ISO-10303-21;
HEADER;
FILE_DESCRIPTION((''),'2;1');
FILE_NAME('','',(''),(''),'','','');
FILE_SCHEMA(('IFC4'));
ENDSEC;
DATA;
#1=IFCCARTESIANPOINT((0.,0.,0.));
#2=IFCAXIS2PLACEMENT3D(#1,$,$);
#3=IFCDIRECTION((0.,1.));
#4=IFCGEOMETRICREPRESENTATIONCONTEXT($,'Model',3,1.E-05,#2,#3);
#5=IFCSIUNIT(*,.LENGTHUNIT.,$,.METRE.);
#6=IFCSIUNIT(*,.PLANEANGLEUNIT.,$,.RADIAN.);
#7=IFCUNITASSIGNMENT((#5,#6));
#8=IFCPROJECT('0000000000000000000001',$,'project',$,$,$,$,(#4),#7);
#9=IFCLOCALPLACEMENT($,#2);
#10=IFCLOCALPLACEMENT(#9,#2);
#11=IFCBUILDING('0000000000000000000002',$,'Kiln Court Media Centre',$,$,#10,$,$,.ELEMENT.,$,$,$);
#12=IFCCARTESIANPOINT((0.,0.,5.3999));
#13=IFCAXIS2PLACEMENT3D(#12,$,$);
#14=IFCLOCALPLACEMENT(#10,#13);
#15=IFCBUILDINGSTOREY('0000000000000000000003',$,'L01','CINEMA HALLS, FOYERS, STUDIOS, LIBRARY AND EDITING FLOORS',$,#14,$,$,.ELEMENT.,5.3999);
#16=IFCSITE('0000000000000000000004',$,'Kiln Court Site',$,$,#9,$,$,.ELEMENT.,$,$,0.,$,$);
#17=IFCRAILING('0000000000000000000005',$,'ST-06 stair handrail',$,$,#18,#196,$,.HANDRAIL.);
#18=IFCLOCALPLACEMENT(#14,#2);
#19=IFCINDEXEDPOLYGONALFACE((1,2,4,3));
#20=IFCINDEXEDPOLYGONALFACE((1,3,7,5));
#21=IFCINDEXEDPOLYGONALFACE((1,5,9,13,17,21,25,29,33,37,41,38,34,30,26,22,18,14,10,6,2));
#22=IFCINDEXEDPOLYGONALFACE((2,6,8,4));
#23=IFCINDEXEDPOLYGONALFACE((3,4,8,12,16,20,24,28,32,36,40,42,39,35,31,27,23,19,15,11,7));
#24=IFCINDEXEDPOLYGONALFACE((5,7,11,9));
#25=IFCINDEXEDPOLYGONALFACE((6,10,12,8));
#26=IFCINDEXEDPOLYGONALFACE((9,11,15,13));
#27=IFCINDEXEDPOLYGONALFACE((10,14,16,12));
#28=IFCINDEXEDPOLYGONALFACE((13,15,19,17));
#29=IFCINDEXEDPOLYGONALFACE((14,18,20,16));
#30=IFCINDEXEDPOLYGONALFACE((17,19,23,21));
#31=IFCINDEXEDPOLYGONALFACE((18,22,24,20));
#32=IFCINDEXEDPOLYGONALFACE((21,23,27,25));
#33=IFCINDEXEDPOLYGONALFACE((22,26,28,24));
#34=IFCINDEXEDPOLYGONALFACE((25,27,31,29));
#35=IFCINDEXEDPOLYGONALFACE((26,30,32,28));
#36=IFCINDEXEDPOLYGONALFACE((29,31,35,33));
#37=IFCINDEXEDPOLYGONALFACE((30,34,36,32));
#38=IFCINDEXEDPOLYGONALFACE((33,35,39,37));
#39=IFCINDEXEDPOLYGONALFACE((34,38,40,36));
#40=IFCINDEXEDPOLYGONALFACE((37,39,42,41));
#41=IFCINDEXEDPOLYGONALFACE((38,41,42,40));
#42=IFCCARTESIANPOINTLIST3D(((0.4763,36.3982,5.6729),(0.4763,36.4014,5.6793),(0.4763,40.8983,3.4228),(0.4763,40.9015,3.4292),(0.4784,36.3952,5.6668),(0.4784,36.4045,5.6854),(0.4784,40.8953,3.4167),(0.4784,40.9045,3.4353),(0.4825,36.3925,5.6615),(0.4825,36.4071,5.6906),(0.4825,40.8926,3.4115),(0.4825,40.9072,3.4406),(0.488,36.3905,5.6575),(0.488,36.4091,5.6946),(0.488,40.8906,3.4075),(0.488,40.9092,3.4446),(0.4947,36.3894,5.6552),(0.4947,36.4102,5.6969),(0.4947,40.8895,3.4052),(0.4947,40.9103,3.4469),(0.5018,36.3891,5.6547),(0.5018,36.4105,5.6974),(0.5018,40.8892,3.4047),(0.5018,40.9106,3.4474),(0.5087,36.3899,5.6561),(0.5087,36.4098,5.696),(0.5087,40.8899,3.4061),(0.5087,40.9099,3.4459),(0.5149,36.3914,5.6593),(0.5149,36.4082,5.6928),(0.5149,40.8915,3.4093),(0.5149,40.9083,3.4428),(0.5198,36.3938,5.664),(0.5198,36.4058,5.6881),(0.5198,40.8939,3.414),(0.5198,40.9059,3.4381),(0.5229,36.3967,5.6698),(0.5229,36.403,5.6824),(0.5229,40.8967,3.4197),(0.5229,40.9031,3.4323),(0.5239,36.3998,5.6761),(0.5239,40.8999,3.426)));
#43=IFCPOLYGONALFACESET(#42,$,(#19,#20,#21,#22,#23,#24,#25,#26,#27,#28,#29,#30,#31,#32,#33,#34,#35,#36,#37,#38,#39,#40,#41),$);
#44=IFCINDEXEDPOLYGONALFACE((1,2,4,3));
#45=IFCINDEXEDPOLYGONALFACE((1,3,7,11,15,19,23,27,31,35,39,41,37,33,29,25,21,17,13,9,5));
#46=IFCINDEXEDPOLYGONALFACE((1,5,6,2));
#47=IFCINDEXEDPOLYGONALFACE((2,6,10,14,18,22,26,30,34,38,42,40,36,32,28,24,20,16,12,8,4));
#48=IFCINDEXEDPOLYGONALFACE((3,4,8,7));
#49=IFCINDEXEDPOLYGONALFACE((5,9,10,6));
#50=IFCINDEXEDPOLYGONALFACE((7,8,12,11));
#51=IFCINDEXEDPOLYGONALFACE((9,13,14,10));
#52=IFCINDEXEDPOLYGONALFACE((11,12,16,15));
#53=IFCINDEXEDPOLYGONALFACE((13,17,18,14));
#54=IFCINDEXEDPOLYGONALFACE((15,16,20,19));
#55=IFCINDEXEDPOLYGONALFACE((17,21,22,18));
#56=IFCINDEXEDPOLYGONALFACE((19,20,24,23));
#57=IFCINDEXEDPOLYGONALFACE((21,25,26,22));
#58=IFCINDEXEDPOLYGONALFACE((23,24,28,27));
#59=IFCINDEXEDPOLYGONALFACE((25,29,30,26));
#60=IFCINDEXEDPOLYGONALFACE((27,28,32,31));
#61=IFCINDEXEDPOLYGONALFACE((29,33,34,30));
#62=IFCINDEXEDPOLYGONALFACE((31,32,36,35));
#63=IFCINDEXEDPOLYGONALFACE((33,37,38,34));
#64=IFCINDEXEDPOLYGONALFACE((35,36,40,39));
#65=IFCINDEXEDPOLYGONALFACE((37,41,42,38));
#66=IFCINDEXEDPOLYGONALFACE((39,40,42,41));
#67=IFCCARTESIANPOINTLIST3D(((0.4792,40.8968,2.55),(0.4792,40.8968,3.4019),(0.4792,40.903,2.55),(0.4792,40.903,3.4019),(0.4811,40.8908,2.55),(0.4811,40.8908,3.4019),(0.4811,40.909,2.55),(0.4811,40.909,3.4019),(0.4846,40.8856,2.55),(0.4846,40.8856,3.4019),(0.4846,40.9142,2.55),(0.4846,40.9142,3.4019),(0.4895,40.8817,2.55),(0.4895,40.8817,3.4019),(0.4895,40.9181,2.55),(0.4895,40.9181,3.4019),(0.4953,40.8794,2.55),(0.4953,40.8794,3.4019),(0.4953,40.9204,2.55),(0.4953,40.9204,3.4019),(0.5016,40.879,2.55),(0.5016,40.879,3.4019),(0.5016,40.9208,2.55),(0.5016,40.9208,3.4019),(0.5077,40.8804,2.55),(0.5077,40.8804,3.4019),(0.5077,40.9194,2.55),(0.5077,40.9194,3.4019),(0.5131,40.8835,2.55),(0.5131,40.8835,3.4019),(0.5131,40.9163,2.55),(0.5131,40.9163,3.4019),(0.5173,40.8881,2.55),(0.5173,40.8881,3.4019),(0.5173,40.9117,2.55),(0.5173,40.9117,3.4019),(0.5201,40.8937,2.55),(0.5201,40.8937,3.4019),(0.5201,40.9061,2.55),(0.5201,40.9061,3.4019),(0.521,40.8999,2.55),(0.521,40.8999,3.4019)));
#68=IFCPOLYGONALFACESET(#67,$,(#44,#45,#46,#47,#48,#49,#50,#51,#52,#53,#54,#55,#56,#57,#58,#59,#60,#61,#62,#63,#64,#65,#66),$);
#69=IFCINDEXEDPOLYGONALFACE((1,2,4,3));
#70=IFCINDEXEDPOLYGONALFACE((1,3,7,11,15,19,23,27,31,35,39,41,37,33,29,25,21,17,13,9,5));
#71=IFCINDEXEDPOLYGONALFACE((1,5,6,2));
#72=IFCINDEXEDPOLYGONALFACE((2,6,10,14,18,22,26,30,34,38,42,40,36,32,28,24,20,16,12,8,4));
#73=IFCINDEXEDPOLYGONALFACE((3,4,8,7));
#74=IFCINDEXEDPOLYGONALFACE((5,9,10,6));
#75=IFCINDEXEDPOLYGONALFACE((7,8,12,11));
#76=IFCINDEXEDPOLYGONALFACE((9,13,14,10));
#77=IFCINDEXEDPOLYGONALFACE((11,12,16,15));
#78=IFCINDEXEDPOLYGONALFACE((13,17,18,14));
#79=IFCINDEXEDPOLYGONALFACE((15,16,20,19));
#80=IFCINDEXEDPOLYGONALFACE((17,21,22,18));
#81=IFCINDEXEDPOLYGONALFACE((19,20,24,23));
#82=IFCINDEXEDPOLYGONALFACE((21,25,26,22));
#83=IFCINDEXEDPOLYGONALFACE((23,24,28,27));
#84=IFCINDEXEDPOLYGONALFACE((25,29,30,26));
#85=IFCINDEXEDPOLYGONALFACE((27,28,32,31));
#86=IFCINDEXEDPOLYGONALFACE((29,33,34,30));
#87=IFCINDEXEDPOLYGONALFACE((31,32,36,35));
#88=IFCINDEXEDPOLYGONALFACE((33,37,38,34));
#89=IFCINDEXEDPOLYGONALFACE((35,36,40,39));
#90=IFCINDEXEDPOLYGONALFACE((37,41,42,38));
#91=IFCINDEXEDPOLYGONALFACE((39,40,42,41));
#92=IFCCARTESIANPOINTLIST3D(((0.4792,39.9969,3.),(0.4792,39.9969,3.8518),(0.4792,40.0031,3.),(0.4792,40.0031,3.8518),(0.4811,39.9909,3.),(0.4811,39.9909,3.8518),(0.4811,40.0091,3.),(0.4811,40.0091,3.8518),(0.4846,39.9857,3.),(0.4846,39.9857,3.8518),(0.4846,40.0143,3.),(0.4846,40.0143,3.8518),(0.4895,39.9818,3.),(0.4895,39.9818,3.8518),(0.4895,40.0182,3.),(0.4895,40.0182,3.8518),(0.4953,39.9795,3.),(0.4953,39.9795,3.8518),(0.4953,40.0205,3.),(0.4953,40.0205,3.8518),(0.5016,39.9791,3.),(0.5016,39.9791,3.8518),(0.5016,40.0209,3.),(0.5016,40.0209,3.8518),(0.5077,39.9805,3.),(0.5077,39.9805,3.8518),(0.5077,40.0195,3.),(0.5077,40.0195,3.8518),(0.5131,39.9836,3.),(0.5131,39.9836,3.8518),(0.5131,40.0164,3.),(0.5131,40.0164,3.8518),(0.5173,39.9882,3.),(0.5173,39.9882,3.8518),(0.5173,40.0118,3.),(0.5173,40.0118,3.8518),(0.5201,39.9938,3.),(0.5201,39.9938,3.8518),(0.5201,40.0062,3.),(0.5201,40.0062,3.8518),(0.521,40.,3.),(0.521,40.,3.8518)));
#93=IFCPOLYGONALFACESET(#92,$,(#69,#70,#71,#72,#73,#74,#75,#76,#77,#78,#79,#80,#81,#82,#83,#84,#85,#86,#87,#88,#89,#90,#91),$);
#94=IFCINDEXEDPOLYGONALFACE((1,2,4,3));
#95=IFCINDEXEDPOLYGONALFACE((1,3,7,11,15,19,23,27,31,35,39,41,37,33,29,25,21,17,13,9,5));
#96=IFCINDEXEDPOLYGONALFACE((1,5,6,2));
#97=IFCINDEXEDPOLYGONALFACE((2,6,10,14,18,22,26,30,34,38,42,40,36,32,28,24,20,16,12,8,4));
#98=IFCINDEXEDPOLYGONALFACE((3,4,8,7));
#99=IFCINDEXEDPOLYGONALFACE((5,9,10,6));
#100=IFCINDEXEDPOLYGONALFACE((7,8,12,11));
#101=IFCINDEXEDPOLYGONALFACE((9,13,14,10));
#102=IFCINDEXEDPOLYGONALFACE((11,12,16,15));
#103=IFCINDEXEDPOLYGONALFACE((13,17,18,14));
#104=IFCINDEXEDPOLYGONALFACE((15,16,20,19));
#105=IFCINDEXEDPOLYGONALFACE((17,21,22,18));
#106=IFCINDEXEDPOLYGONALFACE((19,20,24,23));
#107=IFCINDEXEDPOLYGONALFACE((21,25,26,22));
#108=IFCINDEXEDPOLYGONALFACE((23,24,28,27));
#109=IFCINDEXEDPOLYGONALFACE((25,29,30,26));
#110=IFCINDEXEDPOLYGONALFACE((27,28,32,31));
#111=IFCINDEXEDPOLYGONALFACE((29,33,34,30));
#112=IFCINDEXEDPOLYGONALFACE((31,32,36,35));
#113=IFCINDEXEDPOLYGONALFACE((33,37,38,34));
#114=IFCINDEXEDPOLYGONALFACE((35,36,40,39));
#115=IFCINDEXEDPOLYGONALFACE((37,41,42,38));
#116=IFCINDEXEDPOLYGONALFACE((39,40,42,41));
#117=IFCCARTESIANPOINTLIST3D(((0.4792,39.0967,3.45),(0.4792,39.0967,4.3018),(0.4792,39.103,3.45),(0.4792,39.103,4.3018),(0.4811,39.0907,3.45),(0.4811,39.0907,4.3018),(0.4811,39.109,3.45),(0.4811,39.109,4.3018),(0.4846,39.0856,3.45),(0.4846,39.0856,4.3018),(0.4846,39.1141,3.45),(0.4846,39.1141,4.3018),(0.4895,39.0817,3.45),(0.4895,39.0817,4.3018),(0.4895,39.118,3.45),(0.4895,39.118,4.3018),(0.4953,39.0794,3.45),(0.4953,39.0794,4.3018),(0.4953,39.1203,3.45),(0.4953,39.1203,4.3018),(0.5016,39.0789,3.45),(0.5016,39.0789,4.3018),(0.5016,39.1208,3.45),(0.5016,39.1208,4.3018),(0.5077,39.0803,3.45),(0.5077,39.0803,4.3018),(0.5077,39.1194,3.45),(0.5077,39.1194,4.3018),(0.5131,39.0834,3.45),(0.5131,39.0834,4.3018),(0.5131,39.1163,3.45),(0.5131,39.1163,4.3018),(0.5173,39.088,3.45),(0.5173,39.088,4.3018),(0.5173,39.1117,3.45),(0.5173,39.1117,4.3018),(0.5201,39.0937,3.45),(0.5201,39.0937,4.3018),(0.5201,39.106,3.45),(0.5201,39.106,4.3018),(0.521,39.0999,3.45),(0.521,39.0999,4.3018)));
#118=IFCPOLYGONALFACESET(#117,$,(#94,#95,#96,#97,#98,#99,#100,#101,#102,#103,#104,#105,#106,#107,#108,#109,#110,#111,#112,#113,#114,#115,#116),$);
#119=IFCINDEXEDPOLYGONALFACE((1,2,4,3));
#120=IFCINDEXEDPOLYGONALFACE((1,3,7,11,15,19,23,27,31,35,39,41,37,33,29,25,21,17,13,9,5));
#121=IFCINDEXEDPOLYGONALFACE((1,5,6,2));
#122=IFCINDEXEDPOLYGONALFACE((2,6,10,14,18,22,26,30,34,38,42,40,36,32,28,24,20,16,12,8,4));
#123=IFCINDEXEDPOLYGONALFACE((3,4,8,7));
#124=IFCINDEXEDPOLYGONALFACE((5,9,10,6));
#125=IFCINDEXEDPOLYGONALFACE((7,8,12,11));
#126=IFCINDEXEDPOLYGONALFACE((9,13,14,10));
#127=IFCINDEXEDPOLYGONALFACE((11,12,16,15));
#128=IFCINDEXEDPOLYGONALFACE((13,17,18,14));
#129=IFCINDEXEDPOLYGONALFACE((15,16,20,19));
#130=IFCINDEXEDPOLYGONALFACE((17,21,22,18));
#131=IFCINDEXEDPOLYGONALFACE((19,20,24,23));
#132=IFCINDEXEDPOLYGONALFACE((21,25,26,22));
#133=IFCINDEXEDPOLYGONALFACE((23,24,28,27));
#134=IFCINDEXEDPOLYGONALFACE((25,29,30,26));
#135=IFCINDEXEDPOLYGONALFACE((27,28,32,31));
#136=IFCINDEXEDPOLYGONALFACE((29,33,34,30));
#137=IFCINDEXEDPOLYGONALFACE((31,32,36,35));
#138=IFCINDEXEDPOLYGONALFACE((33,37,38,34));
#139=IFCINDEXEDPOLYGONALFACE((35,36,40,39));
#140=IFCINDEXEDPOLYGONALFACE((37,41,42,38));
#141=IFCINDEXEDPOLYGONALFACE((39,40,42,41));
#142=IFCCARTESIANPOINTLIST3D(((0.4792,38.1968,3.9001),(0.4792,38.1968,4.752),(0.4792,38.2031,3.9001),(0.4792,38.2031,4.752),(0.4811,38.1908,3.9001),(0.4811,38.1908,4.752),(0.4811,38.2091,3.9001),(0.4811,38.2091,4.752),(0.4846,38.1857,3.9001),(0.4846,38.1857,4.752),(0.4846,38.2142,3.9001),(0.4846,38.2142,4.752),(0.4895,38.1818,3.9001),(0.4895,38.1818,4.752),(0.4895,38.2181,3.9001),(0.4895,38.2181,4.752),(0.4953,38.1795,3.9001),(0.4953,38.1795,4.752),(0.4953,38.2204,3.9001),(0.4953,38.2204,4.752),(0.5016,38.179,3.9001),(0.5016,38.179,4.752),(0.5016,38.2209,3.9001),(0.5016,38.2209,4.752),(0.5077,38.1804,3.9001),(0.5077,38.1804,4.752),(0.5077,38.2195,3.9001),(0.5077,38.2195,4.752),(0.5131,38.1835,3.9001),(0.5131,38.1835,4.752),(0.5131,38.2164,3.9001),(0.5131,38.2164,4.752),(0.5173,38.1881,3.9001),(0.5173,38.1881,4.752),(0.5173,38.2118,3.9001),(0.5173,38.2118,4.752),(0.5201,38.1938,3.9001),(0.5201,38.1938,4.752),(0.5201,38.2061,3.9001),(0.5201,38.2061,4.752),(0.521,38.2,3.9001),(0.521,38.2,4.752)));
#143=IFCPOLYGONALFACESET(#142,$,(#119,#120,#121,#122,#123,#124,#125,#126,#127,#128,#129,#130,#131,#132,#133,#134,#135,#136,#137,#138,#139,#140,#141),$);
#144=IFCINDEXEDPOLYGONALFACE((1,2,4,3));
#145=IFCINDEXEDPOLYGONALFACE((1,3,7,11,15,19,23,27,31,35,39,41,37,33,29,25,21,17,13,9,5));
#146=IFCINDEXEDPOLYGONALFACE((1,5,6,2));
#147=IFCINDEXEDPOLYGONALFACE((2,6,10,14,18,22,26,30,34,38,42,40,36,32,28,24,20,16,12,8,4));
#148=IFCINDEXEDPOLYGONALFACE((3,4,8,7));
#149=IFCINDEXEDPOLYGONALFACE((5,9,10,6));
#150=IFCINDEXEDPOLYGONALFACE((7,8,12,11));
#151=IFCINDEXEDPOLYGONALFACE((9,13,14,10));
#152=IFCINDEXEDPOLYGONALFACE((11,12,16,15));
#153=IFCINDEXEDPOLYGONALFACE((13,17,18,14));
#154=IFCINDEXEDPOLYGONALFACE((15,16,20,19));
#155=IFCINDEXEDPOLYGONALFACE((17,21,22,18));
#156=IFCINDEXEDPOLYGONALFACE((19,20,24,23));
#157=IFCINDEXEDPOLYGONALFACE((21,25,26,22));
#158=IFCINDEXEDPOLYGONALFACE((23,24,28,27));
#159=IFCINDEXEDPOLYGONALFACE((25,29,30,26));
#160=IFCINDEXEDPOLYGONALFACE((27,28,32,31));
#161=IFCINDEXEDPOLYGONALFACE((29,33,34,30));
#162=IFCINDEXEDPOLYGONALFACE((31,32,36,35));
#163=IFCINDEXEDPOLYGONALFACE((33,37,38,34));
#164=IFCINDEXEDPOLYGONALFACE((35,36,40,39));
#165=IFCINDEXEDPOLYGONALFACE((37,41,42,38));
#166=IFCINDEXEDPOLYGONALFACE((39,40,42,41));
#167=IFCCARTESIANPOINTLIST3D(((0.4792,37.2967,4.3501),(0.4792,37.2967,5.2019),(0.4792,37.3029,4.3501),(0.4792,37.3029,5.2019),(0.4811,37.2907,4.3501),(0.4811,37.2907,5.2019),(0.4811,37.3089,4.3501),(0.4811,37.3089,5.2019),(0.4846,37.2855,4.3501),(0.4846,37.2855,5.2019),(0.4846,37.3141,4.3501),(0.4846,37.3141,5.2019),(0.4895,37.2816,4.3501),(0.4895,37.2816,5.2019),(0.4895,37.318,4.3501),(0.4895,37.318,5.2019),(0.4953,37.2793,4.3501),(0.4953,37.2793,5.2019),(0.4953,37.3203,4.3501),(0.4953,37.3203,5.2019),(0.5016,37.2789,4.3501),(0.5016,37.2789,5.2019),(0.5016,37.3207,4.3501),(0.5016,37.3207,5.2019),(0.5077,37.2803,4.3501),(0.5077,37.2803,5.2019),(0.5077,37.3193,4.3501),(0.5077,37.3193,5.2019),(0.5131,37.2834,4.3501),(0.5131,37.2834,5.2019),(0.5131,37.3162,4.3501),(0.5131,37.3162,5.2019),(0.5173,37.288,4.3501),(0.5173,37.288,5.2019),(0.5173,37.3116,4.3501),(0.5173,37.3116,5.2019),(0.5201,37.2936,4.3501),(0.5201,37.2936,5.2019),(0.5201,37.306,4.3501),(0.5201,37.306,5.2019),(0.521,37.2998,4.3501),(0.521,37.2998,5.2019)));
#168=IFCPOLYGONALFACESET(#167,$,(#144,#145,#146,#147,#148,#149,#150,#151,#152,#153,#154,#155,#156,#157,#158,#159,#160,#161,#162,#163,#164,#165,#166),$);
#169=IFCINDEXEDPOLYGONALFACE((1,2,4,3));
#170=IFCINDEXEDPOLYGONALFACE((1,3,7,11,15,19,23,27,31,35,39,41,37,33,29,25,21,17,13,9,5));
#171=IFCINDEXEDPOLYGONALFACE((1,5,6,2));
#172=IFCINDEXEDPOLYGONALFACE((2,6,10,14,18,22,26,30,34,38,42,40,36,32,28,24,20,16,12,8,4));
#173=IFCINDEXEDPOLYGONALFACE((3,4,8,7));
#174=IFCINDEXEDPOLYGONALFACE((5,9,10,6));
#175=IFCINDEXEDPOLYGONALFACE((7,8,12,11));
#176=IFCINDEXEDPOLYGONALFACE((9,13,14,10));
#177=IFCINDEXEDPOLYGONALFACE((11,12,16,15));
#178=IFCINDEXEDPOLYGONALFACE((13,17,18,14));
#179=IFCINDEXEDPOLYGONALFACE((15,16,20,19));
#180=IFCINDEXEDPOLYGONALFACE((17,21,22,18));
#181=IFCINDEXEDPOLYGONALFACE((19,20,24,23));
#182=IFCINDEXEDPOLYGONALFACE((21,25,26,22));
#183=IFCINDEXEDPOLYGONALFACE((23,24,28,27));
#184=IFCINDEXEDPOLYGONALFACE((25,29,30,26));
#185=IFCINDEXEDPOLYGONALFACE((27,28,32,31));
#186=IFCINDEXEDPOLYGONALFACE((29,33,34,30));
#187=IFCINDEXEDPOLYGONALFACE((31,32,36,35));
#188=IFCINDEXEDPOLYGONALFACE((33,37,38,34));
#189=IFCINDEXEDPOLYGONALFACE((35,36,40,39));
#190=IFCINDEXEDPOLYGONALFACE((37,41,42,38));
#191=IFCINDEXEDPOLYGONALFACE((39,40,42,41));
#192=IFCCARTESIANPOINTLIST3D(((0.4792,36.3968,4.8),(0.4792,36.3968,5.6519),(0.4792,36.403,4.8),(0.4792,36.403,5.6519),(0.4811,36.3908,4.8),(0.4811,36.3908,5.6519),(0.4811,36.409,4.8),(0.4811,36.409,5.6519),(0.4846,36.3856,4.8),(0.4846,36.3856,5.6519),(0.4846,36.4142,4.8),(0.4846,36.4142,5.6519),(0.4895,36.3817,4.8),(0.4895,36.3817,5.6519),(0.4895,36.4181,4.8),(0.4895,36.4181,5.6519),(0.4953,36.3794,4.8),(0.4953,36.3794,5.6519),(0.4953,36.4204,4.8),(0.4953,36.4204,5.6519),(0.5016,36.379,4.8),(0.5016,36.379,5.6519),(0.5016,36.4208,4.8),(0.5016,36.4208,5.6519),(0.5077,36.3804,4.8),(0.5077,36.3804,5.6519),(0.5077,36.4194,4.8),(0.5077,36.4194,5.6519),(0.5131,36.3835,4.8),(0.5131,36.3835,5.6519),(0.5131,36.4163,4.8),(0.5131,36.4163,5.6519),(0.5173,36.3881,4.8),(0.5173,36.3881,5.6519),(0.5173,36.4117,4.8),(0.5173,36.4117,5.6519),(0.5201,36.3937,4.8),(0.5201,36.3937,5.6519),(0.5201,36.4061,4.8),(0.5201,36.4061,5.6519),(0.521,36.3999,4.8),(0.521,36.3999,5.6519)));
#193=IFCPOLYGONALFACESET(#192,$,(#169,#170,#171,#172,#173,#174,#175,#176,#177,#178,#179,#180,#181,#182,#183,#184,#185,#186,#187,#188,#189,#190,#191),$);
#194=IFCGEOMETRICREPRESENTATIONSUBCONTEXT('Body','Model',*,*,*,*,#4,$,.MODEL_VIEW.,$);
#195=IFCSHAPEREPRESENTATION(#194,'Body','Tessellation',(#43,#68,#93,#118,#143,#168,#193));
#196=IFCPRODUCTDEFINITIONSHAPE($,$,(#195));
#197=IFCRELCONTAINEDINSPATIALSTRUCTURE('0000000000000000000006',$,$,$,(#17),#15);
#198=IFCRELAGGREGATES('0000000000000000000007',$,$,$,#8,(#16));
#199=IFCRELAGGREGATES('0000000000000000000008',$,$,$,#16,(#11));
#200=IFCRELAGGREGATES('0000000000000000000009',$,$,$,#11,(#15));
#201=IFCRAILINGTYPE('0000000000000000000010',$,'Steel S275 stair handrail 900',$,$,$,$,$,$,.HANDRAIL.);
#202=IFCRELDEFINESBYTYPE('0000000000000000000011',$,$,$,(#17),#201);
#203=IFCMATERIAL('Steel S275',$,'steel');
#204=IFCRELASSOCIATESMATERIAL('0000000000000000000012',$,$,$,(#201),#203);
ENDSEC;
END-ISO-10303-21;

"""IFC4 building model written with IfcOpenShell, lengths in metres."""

from ifc_helpers import new_model, si_unit, direction, frame, origin, origin_2d, place, context, subcontext, project, spatial, circle, extrude, material, type_object, element, save


model = new_model("IFC4")

# Units and contexts
model_context = context("Model", 3, precision=1e-05, world=origin(), true_north=direction((0.0, 1.0)))
body_context = subcontext(model_context, "Body", "Model", "MODEL_VIEW")
ifc_project = project(units=[si_unit("LENGTHUNIT", "METRE"), si_unit("PLANEANGLEUNIT", "RADIAN")], contexts=[model_context])

# Site, building, storey
site_placement = place(None, origin())
site = spatial("IfcSite", under=ifc_project, at=site_placement, Name="Kiln Court Site", CompositionType="ELEMENT", RefElevation=0.0)
building_placement = place(site_placement, origin())
building = spatial("IfcBuilding", under=site, at=building_placement, Name="Kiln Court Media Centre", CompositionType="ELEMENT")
storey_placement = place(building_placement, frame((0.0, 0.0, 5.3999)))
storey = spatial("IfcBuildingStorey", under=building, at=storey_placement, Name="L01", Description="CINEMA HALLS, FOYERS, STUDIOS, LIBRARY AND EDITING FLOORS", CompositionType="ELEMENT", Elevation=5.3999)

# Railing
ifc_material_1 = material(Name="Steel S275", Category="steel")
railing_type_1 = type_object("IfcRailingType", Name="Steel S275 stair handrail 900", PredefinedType="HANDRAIL", material=ifc_material_1)
railing_1_placement = place(storey_placement, frame((0.5, 40.8999, 2.55)))
element("IfcRailing", 1, at=railing_1_placement, inside=storey, type_object=railing_type_1, Name="ST-06 stair handrail", PredefinedType="HANDRAIL", context=body_context, shape_type="SweptSolid", body=[
    extrude(circle(Radius=0.0239, at=origin_2d()), frame((0.0, 0.0, 0.876), z_axis=(0.0, -0.894427, 0.447214), x_axis=(1.0, 0.0, 0.0)), (0.0, 0.0, 1.0), 5.0312),
    extrude(circle(Radius=0.021, at=origin_2d()), origin(), (0.0, 0.0, 1.0), 0.8518),
    extrude(circle(Radius=0.021, at=origin_2d()), frame((0.0, -0.8999, 0.45)), (0.0, 0.0, 1.0), 0.8518),
    extrude(circle(Radius=0.021, at=origin_2d()), frame((0.0, -1.8, 0.8999)), (0.0, 0.0, 1.0), 0.8518),
    extrude(circle(Radius=0.021, at=origin_2d()), frame((0.0, -2.7, 1.3501)), (0.0, 0.0, 1.0), 0.8518),
    extrude(circle(Radius=0.021, at=origin_2d()), frame((0.0, -3.6001, 1.8)), (0.0, 0.0, 1.0), 0.8518),
    extrude(circle(Radius=0.021, at=origin_2d()), frame((0.0, -4.5, 2.25)), (0.0, 0.0, 1.0), 0.8518),
])

save(model, "model.ifc")
